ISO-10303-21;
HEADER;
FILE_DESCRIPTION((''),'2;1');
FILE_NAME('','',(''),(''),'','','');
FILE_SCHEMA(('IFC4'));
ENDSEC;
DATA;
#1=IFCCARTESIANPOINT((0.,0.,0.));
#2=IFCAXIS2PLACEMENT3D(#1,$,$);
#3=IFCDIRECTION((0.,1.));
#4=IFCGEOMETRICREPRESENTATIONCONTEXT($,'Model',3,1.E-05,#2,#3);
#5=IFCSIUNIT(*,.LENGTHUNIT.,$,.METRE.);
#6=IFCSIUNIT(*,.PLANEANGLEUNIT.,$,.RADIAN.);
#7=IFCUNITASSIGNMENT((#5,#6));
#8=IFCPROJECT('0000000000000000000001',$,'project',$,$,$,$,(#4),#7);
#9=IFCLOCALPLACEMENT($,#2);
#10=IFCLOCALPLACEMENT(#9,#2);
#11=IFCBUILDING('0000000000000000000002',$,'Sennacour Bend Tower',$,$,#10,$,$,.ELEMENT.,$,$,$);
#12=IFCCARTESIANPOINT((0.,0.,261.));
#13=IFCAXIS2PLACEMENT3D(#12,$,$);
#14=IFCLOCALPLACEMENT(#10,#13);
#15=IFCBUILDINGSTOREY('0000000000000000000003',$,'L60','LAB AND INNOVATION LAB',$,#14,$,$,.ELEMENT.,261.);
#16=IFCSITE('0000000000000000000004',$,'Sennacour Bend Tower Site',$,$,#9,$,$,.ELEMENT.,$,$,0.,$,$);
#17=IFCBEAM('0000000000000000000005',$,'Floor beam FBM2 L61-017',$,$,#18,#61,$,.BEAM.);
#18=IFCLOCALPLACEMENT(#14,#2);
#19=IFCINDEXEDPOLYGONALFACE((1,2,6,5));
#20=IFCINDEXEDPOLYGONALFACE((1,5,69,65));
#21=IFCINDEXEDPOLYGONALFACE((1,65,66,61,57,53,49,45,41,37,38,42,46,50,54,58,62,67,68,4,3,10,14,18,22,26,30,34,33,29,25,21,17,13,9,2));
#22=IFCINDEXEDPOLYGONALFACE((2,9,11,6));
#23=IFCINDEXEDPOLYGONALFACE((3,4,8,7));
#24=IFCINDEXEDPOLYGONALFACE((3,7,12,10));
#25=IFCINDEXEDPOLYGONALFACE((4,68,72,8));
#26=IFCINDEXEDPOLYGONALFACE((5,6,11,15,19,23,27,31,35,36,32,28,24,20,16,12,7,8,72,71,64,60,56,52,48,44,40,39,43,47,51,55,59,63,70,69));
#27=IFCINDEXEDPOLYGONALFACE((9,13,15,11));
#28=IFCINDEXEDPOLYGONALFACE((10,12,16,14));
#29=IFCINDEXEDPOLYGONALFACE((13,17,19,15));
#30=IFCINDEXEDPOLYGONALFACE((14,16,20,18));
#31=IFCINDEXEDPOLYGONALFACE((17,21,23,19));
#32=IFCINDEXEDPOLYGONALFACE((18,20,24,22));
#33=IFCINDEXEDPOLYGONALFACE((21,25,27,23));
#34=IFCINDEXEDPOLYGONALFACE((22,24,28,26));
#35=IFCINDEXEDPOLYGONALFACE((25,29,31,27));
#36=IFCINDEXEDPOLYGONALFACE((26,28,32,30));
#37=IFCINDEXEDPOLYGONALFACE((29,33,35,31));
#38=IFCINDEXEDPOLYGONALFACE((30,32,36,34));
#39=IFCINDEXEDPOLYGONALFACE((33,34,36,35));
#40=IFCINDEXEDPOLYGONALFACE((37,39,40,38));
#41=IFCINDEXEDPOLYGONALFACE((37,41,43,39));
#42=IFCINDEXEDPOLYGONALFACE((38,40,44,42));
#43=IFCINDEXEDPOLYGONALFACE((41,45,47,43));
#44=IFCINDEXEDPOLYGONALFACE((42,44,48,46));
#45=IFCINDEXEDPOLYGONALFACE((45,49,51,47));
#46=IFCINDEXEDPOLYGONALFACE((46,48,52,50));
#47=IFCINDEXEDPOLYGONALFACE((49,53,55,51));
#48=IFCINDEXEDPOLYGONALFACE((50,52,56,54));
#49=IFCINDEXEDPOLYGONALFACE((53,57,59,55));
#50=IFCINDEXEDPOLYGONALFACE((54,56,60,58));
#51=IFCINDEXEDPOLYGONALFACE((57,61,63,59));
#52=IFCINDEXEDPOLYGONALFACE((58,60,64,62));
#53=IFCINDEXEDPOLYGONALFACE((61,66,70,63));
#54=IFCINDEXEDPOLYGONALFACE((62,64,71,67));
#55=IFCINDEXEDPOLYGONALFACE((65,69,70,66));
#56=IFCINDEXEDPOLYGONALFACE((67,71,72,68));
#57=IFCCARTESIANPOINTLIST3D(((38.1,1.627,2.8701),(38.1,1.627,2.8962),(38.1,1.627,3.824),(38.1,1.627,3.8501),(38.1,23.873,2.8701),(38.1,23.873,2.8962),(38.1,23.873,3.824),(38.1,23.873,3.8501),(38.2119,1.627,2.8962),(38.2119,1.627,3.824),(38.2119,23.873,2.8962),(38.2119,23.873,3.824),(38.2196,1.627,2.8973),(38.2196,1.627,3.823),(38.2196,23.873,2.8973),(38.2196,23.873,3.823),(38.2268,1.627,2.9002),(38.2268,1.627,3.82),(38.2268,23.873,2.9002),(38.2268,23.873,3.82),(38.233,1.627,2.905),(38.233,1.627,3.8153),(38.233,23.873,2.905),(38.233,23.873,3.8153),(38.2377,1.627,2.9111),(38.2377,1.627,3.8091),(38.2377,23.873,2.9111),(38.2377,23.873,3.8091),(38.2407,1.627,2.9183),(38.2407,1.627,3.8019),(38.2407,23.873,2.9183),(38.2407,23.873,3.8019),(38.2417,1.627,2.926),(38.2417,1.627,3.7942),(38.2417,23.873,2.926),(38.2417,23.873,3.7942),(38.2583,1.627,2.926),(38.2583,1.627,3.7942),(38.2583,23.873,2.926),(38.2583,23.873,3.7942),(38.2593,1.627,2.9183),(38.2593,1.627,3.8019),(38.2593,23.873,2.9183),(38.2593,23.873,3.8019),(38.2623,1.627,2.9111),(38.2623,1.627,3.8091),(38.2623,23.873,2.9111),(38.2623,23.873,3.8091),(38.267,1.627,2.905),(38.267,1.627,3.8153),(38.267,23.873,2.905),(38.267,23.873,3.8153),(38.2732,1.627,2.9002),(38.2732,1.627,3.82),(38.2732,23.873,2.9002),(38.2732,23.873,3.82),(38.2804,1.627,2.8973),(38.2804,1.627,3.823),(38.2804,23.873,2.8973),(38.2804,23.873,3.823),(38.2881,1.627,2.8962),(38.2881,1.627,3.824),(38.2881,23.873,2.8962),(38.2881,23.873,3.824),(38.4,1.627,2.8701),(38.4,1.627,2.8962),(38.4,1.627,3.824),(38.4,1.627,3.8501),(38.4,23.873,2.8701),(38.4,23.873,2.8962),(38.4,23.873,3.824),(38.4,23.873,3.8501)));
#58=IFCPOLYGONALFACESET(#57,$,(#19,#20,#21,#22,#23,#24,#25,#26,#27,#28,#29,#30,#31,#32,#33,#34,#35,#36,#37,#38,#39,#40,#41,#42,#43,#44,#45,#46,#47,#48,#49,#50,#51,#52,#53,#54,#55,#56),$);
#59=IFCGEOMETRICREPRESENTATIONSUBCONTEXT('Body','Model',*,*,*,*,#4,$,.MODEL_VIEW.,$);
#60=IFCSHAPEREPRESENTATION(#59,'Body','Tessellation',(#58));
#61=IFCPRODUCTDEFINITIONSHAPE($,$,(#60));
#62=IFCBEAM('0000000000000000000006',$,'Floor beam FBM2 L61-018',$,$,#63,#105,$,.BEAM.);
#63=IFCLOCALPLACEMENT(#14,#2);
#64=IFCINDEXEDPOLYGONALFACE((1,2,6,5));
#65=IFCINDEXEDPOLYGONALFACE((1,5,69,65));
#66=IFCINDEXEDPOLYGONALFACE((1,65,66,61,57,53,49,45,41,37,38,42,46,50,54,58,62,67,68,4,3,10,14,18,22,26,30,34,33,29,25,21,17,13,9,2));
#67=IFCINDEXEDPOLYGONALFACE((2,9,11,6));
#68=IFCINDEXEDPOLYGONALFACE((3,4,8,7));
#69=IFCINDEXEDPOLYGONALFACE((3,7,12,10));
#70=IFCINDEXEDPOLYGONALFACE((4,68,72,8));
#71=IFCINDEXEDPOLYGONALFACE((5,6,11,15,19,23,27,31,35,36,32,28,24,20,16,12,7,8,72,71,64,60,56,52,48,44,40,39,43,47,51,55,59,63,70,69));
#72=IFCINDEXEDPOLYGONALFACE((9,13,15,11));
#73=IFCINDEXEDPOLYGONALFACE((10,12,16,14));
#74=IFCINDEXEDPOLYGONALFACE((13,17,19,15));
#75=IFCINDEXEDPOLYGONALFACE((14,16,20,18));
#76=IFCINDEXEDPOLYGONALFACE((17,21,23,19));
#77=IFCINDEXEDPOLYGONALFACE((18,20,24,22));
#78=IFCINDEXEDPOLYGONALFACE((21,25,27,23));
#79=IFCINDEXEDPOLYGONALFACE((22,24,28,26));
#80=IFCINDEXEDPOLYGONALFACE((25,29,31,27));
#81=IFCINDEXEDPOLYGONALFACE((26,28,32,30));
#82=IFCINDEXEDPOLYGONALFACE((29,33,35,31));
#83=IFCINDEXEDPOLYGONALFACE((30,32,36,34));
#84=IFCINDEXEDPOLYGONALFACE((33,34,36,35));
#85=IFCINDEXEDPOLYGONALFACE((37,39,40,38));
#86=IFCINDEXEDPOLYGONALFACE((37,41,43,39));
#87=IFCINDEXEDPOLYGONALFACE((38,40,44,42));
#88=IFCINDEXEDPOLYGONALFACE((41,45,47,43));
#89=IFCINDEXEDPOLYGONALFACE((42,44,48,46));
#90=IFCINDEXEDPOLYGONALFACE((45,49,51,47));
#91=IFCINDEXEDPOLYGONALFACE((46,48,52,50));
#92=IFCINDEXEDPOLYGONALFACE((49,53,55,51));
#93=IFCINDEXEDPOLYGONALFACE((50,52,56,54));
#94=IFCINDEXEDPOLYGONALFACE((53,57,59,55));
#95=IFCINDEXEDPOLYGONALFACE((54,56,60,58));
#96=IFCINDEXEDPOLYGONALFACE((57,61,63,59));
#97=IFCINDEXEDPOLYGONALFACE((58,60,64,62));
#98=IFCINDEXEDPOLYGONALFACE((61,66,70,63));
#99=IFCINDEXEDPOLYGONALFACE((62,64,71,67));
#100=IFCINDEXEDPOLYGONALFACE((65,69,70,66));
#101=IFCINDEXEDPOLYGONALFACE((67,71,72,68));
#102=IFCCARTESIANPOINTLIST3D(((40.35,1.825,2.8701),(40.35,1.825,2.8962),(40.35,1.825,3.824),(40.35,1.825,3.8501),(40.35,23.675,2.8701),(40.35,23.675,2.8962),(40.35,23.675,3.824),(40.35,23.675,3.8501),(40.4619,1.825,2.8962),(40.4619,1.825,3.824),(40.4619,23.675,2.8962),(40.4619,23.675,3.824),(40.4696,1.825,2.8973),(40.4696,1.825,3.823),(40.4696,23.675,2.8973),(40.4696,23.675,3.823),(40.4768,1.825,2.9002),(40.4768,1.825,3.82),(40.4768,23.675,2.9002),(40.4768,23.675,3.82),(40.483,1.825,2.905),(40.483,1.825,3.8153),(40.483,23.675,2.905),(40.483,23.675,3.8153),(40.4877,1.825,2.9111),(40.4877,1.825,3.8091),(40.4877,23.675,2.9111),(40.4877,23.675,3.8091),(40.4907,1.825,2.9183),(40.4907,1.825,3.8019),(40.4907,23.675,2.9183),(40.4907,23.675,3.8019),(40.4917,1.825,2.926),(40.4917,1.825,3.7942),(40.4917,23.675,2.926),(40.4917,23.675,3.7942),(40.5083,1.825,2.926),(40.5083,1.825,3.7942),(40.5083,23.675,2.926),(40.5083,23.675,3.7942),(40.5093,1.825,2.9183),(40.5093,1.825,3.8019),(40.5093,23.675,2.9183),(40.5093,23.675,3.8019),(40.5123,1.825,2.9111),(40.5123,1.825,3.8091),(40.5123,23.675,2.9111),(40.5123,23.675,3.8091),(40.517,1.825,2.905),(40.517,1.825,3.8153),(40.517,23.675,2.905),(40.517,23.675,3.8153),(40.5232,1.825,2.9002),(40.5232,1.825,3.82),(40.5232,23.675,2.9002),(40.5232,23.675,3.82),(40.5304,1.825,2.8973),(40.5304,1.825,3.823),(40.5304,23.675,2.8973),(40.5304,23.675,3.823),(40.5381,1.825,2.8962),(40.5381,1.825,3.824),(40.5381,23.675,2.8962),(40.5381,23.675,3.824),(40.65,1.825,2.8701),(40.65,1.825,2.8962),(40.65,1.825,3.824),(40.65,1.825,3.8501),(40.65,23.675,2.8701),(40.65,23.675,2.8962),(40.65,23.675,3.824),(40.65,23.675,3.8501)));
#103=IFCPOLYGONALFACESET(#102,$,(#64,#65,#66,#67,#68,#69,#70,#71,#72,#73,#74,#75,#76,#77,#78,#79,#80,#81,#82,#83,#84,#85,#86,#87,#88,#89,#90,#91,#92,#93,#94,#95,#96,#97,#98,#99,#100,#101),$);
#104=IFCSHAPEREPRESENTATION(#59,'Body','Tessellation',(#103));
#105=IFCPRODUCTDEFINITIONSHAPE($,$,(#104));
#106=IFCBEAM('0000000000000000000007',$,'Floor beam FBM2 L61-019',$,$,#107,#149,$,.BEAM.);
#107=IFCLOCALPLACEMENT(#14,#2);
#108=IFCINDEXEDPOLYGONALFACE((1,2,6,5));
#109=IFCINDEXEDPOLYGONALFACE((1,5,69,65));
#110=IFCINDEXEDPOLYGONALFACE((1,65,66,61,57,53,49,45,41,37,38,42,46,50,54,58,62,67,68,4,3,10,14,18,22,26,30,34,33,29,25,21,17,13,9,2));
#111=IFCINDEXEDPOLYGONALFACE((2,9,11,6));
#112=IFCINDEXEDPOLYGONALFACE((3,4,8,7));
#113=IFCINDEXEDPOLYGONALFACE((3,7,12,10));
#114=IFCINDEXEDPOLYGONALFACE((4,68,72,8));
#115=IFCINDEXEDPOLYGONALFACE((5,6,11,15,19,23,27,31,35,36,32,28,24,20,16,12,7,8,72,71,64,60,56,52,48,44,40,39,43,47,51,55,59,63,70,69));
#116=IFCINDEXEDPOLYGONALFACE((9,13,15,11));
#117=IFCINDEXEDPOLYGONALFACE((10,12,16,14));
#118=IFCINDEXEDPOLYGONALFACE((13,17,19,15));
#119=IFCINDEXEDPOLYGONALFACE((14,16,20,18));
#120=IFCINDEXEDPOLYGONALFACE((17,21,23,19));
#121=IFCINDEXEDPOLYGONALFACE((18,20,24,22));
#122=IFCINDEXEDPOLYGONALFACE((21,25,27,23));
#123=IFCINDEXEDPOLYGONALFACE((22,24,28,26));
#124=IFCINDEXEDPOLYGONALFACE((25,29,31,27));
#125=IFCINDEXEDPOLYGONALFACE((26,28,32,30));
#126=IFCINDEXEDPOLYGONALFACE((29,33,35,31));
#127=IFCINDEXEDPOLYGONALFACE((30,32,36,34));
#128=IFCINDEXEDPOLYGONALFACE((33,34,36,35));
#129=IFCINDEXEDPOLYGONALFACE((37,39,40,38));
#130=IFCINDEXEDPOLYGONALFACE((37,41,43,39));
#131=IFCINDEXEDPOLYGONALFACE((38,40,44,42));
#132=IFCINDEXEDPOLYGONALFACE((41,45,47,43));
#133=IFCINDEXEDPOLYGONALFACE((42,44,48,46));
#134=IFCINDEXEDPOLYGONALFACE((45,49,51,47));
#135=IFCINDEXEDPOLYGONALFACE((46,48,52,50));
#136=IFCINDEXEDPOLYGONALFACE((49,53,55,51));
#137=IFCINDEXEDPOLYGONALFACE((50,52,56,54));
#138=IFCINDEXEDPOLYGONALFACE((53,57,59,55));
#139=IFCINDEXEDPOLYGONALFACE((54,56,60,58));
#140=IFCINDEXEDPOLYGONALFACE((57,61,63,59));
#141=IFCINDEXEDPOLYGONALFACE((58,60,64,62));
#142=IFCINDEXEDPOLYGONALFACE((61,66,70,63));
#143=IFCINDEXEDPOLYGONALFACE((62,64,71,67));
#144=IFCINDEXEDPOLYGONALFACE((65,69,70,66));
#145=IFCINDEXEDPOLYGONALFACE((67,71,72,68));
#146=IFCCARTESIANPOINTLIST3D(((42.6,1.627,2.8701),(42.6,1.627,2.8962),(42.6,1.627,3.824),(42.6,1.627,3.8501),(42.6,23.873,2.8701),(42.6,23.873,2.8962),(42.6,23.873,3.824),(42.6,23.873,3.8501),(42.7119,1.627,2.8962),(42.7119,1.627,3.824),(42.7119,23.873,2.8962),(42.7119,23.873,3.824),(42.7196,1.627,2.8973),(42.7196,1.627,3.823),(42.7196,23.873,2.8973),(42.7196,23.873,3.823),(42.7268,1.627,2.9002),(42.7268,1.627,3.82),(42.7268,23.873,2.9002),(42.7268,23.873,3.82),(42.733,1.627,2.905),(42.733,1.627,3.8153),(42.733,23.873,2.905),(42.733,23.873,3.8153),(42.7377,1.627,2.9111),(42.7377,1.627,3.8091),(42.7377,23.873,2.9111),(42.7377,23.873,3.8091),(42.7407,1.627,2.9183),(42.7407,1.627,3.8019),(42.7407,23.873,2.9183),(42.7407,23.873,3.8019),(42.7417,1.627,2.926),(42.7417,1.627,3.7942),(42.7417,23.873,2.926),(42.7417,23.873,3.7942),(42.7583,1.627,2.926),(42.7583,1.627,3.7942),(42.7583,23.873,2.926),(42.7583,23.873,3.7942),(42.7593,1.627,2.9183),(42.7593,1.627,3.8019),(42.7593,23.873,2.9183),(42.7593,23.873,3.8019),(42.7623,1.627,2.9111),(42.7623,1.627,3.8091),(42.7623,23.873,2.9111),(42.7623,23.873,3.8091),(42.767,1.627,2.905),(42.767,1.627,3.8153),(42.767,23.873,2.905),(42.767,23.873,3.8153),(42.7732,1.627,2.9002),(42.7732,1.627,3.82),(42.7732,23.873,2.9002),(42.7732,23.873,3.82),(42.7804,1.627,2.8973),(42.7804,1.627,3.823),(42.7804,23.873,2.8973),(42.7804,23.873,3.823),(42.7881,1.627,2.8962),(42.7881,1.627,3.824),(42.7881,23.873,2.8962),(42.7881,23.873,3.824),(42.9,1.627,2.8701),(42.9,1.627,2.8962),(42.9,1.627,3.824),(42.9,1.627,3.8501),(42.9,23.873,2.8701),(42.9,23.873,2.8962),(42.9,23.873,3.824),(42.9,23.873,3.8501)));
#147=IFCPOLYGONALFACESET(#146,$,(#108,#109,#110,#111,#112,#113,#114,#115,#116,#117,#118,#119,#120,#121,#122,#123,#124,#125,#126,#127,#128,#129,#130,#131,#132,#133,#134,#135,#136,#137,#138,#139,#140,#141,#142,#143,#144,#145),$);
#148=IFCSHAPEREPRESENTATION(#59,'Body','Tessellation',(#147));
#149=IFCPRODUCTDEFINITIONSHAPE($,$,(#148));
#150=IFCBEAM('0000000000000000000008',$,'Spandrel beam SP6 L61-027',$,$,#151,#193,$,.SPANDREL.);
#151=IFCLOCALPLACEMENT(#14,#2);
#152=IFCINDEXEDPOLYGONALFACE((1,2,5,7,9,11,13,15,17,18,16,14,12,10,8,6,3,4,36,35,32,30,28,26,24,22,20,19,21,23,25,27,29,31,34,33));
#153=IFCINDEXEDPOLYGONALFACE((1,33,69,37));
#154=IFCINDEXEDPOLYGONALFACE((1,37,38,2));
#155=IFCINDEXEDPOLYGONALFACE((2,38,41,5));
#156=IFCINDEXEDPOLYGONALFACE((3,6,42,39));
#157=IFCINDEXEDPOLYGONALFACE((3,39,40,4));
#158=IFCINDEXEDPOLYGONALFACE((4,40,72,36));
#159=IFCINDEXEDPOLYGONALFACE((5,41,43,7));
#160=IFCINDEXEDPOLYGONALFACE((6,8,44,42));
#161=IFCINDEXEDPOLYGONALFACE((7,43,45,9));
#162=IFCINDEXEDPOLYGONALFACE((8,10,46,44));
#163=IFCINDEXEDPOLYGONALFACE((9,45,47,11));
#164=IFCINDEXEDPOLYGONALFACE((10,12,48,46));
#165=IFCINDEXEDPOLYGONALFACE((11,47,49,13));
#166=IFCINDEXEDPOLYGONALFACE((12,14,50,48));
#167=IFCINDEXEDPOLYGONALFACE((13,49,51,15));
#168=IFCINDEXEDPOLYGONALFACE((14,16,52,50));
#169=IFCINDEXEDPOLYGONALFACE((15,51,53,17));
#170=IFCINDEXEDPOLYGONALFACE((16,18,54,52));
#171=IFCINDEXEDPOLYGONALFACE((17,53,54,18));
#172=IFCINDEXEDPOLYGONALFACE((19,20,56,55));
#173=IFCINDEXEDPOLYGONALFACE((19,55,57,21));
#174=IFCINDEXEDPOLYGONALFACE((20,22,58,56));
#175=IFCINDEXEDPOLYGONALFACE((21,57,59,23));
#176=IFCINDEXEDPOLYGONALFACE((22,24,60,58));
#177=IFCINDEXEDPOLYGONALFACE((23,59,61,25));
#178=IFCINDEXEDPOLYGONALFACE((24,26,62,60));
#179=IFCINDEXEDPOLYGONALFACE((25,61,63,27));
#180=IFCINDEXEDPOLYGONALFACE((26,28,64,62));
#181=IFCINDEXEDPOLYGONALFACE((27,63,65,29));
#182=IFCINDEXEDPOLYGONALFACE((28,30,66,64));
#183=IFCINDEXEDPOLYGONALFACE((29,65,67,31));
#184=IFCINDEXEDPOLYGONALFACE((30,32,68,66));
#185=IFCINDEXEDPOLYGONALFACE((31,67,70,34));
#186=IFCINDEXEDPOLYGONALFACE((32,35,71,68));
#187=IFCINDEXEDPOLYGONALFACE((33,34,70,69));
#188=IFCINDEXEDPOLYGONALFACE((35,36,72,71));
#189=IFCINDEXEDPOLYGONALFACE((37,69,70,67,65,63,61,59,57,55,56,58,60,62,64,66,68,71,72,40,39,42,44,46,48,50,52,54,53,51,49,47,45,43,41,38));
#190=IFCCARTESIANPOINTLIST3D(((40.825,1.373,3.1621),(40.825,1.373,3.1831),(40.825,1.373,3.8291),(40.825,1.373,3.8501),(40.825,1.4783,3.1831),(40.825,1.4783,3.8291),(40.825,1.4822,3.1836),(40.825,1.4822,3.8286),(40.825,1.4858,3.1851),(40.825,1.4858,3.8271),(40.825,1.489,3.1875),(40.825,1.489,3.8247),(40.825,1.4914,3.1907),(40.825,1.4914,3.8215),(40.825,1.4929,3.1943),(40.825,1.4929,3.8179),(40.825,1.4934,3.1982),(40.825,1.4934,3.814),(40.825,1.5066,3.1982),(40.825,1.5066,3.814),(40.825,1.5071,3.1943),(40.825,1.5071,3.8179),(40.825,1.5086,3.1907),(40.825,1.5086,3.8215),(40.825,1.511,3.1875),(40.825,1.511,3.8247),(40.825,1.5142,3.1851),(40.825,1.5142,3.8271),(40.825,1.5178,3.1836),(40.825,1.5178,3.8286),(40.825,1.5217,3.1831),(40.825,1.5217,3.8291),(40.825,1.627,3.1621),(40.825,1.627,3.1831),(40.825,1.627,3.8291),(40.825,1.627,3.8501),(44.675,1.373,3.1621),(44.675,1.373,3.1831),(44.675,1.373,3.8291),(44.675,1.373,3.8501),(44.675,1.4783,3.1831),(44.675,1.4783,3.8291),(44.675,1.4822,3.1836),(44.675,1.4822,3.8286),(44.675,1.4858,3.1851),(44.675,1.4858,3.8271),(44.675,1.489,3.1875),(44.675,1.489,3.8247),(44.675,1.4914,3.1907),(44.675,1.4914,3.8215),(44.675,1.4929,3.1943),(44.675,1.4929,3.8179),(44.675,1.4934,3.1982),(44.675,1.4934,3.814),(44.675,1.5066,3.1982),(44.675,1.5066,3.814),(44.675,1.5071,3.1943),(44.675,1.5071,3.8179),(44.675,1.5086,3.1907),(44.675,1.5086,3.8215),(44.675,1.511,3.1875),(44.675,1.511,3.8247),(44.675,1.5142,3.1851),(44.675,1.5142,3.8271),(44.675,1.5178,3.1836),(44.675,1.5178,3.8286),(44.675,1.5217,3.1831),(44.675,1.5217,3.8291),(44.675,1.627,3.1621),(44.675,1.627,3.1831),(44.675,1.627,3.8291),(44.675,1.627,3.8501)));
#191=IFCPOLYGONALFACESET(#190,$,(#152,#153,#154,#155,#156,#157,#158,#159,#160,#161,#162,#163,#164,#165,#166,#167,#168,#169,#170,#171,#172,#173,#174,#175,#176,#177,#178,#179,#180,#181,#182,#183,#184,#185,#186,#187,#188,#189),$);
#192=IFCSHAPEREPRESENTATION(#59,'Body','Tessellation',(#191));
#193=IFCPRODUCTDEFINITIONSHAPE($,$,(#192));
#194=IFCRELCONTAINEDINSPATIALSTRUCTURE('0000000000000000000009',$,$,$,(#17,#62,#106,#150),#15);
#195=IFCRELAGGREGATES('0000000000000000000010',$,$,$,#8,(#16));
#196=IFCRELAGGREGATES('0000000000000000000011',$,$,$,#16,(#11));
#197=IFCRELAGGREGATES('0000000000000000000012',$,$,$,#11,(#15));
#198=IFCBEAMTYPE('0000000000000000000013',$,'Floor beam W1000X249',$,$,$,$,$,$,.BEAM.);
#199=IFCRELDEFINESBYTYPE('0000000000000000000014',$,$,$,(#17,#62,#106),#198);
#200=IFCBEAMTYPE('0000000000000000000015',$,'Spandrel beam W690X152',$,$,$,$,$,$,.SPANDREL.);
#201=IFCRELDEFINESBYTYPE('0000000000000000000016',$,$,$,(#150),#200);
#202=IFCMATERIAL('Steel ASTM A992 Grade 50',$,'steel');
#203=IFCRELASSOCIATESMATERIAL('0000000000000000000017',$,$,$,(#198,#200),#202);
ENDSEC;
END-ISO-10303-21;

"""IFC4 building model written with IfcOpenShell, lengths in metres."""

from ifc_helpers import new_model, si_unit, direction, frame, origin, origin_2d, place, context, subcontext, project, spatial, i_section, extrude, material, material_profile, profile_set, type_object, element, save


model = new_model("IFC4")

# Units and contexts
model_context = context("Model", 3, precision=1e-05, world=origin(), true_north=direction((0.0, 1.0)))
body_context = subcontext(model_context, "Body", "Model", "MODEL_VIEW")
ifc_project = project(units=[si_unit("LENGTHUNIT", "METRE"), si_unit("PLANEANGLEUNIT", "RADIAN")], contexts=[model_context])

# Site, building, storey
site_placement = place(None, origin())
site = spatial("IfcSite", under=ifc_project, at=site_placement, Name="Sennacour Bend Tower Site", CompositionType="ELEMENT", RefElevation=0.0)
building_placement = place(site_placement, origin())
building = spatial("IfcBuilding", under=site, at=building_placement, Name="Sennacour Bend Tower", CompositionType="ELEMENT")
storey_placement = place(building_placement, frame((0.0, 0.0, 261.0)))
storey = spatial("IfcBuildingStorey", under=building, at=storey_placement, Name="L60", Description="LAB AND INNOVATION LAB", CompositionType="ELEMENT", Elevation=261.0)

# Beams
ifc_material_1 = material(Name="Steel ASTM A992 Grade 50", Category="steel")
ifc_material_profile_1 = material_profile(ifc_material_1, i_section(OverallWidth=0.3, OverallDepth=0.98, WebThickness=0.0166, FlangeThickness=0.0261, FilletRadius=0.0298, at=origin_2d()), Name="Steel ASTM A992 Grade 50", Category="steel")
ifc_profile_set_1 = profile_set([ifc_material_profile_1], Name="Steel ASTM A992 Grade 50")
beam_type_1 = type_object("IfcBeamType", Name="Floor beam W1000X249", PredefinedType="BEAM", material=ifc_profile_set_1)
beam_1_placement = place(storey_placement, frame((38.25, 1.627, 3.3601), z_axis=(0.0, 1.0, 0.0), x_axis=(-1.0, 0.0, 0.0)))
element("IfcBeam", 1, at=beam_1_placement, inside=storey, type_object=beam_type_1, Name="Floor beam FBM2 L61-017", PredefinedType="BEAM", context=body_context, shape_type="SweptSolid", body=[
    extrude(i_section(OverallWidth=0.3, OverallDepth=0.98, WebThickness=0.0166, FlangeThickness=0.0261, FilletRadius=0.0298, at=origin_2d()), origin(), (0.0, 0.0, 1.0), 22.2461),
])
beam_2_placement = place(storey_placement, frame((40.5, 1.825, 3.3601), z_axis=(0.0, 1.0, 0.0), x_axis=(-1.0, 0.0, 0.0)))
element("IfcBeam", 2, at=beam_2_placement, inside=storey, type_object=beam_type_1, Name="Floor beam FBM2 L61-018", PredefinedType="BEAM", context=body_context, shape_type="SweptSolid", body=[
    extrude(i_section(OverallWidth=0.3, OverallDepth=0.98, WebThickness=0.0166, FlangeThickness=0.0261, FilletRadius=0.0298, at=origin_2d()), origin(), (0.0, 0.0, 1.0), 21.8501),
])
beam_3_placement = place(storey_placement, frame((42.75, 1.627, 3.3601), z_axis=(0.0, 1.0, 0.0), x_axis=(-1.0, 0.0, 0.0)))
element("IfcBeam", 3, at=beam_3_placement, inside=storey, type_object=beam_type_1, Name="Floor beam FBM2 L61-019", PredefinedType="BEAM", context=body_context, shape_type="SweptSolid", body=[
    extrude(i_section(OverallWidth=0.3, OverallDepth=0.98, WebThickness=0.0166, FlangeThickness=0.0261, FilletRadius=0.0298, at=origin_2d()), origin(), (0.0, 0.0, 1.0), 22.2461),
])
ifc_material_profile_2 = material_profile(ifc_material_1, i_section(OverallWidth=0.2539, OverallDepth=0.688, WebThickness=0.0132, FlangeThickness=0.021, FilletRadius=0.0151, at=origin_2d()), Name="Steel ASTM A992 Grade 50", Category="steel")
ifc_profile_set_2 = profile_set([ifc_material_profile_2], Name="Steel ASTM A992 Grade 50")
beam_type_2 = type_object("IfcBeamType", Name="Spandrel beam W690X152", PredefinedType="SPANDREL", material=ifc_profile_set_2)
for number, where, z_axis, x_axis, name in (
    (4, (44.675, 1.5, 3.5061), (-1.0, 0.0, 0.0), (0.0, -1.0, 0.0), "Spandrel beam SP6 L61-027"),
):
    element("IfcBeam", number, at=place(storey_placement, frame(where, z_axis=z_axis, x_axis=x_axis)), inside=storey, type_object=beam_type_2, Name=name, PredefinedType="SPANDREL", context=body_context, shape_type="SweptSolid", body=[
        extrude(i_section(OverallWidth=0.2539, OverallDepth=0.688, WebThickness=0.0132, FlangeThickness=0.021, FilletRadius=0.0151, at=origin_2d()), origin(), (0.0, 0.0, 1.0), 3.8501),
    ])

save(model, "model.ifc")
